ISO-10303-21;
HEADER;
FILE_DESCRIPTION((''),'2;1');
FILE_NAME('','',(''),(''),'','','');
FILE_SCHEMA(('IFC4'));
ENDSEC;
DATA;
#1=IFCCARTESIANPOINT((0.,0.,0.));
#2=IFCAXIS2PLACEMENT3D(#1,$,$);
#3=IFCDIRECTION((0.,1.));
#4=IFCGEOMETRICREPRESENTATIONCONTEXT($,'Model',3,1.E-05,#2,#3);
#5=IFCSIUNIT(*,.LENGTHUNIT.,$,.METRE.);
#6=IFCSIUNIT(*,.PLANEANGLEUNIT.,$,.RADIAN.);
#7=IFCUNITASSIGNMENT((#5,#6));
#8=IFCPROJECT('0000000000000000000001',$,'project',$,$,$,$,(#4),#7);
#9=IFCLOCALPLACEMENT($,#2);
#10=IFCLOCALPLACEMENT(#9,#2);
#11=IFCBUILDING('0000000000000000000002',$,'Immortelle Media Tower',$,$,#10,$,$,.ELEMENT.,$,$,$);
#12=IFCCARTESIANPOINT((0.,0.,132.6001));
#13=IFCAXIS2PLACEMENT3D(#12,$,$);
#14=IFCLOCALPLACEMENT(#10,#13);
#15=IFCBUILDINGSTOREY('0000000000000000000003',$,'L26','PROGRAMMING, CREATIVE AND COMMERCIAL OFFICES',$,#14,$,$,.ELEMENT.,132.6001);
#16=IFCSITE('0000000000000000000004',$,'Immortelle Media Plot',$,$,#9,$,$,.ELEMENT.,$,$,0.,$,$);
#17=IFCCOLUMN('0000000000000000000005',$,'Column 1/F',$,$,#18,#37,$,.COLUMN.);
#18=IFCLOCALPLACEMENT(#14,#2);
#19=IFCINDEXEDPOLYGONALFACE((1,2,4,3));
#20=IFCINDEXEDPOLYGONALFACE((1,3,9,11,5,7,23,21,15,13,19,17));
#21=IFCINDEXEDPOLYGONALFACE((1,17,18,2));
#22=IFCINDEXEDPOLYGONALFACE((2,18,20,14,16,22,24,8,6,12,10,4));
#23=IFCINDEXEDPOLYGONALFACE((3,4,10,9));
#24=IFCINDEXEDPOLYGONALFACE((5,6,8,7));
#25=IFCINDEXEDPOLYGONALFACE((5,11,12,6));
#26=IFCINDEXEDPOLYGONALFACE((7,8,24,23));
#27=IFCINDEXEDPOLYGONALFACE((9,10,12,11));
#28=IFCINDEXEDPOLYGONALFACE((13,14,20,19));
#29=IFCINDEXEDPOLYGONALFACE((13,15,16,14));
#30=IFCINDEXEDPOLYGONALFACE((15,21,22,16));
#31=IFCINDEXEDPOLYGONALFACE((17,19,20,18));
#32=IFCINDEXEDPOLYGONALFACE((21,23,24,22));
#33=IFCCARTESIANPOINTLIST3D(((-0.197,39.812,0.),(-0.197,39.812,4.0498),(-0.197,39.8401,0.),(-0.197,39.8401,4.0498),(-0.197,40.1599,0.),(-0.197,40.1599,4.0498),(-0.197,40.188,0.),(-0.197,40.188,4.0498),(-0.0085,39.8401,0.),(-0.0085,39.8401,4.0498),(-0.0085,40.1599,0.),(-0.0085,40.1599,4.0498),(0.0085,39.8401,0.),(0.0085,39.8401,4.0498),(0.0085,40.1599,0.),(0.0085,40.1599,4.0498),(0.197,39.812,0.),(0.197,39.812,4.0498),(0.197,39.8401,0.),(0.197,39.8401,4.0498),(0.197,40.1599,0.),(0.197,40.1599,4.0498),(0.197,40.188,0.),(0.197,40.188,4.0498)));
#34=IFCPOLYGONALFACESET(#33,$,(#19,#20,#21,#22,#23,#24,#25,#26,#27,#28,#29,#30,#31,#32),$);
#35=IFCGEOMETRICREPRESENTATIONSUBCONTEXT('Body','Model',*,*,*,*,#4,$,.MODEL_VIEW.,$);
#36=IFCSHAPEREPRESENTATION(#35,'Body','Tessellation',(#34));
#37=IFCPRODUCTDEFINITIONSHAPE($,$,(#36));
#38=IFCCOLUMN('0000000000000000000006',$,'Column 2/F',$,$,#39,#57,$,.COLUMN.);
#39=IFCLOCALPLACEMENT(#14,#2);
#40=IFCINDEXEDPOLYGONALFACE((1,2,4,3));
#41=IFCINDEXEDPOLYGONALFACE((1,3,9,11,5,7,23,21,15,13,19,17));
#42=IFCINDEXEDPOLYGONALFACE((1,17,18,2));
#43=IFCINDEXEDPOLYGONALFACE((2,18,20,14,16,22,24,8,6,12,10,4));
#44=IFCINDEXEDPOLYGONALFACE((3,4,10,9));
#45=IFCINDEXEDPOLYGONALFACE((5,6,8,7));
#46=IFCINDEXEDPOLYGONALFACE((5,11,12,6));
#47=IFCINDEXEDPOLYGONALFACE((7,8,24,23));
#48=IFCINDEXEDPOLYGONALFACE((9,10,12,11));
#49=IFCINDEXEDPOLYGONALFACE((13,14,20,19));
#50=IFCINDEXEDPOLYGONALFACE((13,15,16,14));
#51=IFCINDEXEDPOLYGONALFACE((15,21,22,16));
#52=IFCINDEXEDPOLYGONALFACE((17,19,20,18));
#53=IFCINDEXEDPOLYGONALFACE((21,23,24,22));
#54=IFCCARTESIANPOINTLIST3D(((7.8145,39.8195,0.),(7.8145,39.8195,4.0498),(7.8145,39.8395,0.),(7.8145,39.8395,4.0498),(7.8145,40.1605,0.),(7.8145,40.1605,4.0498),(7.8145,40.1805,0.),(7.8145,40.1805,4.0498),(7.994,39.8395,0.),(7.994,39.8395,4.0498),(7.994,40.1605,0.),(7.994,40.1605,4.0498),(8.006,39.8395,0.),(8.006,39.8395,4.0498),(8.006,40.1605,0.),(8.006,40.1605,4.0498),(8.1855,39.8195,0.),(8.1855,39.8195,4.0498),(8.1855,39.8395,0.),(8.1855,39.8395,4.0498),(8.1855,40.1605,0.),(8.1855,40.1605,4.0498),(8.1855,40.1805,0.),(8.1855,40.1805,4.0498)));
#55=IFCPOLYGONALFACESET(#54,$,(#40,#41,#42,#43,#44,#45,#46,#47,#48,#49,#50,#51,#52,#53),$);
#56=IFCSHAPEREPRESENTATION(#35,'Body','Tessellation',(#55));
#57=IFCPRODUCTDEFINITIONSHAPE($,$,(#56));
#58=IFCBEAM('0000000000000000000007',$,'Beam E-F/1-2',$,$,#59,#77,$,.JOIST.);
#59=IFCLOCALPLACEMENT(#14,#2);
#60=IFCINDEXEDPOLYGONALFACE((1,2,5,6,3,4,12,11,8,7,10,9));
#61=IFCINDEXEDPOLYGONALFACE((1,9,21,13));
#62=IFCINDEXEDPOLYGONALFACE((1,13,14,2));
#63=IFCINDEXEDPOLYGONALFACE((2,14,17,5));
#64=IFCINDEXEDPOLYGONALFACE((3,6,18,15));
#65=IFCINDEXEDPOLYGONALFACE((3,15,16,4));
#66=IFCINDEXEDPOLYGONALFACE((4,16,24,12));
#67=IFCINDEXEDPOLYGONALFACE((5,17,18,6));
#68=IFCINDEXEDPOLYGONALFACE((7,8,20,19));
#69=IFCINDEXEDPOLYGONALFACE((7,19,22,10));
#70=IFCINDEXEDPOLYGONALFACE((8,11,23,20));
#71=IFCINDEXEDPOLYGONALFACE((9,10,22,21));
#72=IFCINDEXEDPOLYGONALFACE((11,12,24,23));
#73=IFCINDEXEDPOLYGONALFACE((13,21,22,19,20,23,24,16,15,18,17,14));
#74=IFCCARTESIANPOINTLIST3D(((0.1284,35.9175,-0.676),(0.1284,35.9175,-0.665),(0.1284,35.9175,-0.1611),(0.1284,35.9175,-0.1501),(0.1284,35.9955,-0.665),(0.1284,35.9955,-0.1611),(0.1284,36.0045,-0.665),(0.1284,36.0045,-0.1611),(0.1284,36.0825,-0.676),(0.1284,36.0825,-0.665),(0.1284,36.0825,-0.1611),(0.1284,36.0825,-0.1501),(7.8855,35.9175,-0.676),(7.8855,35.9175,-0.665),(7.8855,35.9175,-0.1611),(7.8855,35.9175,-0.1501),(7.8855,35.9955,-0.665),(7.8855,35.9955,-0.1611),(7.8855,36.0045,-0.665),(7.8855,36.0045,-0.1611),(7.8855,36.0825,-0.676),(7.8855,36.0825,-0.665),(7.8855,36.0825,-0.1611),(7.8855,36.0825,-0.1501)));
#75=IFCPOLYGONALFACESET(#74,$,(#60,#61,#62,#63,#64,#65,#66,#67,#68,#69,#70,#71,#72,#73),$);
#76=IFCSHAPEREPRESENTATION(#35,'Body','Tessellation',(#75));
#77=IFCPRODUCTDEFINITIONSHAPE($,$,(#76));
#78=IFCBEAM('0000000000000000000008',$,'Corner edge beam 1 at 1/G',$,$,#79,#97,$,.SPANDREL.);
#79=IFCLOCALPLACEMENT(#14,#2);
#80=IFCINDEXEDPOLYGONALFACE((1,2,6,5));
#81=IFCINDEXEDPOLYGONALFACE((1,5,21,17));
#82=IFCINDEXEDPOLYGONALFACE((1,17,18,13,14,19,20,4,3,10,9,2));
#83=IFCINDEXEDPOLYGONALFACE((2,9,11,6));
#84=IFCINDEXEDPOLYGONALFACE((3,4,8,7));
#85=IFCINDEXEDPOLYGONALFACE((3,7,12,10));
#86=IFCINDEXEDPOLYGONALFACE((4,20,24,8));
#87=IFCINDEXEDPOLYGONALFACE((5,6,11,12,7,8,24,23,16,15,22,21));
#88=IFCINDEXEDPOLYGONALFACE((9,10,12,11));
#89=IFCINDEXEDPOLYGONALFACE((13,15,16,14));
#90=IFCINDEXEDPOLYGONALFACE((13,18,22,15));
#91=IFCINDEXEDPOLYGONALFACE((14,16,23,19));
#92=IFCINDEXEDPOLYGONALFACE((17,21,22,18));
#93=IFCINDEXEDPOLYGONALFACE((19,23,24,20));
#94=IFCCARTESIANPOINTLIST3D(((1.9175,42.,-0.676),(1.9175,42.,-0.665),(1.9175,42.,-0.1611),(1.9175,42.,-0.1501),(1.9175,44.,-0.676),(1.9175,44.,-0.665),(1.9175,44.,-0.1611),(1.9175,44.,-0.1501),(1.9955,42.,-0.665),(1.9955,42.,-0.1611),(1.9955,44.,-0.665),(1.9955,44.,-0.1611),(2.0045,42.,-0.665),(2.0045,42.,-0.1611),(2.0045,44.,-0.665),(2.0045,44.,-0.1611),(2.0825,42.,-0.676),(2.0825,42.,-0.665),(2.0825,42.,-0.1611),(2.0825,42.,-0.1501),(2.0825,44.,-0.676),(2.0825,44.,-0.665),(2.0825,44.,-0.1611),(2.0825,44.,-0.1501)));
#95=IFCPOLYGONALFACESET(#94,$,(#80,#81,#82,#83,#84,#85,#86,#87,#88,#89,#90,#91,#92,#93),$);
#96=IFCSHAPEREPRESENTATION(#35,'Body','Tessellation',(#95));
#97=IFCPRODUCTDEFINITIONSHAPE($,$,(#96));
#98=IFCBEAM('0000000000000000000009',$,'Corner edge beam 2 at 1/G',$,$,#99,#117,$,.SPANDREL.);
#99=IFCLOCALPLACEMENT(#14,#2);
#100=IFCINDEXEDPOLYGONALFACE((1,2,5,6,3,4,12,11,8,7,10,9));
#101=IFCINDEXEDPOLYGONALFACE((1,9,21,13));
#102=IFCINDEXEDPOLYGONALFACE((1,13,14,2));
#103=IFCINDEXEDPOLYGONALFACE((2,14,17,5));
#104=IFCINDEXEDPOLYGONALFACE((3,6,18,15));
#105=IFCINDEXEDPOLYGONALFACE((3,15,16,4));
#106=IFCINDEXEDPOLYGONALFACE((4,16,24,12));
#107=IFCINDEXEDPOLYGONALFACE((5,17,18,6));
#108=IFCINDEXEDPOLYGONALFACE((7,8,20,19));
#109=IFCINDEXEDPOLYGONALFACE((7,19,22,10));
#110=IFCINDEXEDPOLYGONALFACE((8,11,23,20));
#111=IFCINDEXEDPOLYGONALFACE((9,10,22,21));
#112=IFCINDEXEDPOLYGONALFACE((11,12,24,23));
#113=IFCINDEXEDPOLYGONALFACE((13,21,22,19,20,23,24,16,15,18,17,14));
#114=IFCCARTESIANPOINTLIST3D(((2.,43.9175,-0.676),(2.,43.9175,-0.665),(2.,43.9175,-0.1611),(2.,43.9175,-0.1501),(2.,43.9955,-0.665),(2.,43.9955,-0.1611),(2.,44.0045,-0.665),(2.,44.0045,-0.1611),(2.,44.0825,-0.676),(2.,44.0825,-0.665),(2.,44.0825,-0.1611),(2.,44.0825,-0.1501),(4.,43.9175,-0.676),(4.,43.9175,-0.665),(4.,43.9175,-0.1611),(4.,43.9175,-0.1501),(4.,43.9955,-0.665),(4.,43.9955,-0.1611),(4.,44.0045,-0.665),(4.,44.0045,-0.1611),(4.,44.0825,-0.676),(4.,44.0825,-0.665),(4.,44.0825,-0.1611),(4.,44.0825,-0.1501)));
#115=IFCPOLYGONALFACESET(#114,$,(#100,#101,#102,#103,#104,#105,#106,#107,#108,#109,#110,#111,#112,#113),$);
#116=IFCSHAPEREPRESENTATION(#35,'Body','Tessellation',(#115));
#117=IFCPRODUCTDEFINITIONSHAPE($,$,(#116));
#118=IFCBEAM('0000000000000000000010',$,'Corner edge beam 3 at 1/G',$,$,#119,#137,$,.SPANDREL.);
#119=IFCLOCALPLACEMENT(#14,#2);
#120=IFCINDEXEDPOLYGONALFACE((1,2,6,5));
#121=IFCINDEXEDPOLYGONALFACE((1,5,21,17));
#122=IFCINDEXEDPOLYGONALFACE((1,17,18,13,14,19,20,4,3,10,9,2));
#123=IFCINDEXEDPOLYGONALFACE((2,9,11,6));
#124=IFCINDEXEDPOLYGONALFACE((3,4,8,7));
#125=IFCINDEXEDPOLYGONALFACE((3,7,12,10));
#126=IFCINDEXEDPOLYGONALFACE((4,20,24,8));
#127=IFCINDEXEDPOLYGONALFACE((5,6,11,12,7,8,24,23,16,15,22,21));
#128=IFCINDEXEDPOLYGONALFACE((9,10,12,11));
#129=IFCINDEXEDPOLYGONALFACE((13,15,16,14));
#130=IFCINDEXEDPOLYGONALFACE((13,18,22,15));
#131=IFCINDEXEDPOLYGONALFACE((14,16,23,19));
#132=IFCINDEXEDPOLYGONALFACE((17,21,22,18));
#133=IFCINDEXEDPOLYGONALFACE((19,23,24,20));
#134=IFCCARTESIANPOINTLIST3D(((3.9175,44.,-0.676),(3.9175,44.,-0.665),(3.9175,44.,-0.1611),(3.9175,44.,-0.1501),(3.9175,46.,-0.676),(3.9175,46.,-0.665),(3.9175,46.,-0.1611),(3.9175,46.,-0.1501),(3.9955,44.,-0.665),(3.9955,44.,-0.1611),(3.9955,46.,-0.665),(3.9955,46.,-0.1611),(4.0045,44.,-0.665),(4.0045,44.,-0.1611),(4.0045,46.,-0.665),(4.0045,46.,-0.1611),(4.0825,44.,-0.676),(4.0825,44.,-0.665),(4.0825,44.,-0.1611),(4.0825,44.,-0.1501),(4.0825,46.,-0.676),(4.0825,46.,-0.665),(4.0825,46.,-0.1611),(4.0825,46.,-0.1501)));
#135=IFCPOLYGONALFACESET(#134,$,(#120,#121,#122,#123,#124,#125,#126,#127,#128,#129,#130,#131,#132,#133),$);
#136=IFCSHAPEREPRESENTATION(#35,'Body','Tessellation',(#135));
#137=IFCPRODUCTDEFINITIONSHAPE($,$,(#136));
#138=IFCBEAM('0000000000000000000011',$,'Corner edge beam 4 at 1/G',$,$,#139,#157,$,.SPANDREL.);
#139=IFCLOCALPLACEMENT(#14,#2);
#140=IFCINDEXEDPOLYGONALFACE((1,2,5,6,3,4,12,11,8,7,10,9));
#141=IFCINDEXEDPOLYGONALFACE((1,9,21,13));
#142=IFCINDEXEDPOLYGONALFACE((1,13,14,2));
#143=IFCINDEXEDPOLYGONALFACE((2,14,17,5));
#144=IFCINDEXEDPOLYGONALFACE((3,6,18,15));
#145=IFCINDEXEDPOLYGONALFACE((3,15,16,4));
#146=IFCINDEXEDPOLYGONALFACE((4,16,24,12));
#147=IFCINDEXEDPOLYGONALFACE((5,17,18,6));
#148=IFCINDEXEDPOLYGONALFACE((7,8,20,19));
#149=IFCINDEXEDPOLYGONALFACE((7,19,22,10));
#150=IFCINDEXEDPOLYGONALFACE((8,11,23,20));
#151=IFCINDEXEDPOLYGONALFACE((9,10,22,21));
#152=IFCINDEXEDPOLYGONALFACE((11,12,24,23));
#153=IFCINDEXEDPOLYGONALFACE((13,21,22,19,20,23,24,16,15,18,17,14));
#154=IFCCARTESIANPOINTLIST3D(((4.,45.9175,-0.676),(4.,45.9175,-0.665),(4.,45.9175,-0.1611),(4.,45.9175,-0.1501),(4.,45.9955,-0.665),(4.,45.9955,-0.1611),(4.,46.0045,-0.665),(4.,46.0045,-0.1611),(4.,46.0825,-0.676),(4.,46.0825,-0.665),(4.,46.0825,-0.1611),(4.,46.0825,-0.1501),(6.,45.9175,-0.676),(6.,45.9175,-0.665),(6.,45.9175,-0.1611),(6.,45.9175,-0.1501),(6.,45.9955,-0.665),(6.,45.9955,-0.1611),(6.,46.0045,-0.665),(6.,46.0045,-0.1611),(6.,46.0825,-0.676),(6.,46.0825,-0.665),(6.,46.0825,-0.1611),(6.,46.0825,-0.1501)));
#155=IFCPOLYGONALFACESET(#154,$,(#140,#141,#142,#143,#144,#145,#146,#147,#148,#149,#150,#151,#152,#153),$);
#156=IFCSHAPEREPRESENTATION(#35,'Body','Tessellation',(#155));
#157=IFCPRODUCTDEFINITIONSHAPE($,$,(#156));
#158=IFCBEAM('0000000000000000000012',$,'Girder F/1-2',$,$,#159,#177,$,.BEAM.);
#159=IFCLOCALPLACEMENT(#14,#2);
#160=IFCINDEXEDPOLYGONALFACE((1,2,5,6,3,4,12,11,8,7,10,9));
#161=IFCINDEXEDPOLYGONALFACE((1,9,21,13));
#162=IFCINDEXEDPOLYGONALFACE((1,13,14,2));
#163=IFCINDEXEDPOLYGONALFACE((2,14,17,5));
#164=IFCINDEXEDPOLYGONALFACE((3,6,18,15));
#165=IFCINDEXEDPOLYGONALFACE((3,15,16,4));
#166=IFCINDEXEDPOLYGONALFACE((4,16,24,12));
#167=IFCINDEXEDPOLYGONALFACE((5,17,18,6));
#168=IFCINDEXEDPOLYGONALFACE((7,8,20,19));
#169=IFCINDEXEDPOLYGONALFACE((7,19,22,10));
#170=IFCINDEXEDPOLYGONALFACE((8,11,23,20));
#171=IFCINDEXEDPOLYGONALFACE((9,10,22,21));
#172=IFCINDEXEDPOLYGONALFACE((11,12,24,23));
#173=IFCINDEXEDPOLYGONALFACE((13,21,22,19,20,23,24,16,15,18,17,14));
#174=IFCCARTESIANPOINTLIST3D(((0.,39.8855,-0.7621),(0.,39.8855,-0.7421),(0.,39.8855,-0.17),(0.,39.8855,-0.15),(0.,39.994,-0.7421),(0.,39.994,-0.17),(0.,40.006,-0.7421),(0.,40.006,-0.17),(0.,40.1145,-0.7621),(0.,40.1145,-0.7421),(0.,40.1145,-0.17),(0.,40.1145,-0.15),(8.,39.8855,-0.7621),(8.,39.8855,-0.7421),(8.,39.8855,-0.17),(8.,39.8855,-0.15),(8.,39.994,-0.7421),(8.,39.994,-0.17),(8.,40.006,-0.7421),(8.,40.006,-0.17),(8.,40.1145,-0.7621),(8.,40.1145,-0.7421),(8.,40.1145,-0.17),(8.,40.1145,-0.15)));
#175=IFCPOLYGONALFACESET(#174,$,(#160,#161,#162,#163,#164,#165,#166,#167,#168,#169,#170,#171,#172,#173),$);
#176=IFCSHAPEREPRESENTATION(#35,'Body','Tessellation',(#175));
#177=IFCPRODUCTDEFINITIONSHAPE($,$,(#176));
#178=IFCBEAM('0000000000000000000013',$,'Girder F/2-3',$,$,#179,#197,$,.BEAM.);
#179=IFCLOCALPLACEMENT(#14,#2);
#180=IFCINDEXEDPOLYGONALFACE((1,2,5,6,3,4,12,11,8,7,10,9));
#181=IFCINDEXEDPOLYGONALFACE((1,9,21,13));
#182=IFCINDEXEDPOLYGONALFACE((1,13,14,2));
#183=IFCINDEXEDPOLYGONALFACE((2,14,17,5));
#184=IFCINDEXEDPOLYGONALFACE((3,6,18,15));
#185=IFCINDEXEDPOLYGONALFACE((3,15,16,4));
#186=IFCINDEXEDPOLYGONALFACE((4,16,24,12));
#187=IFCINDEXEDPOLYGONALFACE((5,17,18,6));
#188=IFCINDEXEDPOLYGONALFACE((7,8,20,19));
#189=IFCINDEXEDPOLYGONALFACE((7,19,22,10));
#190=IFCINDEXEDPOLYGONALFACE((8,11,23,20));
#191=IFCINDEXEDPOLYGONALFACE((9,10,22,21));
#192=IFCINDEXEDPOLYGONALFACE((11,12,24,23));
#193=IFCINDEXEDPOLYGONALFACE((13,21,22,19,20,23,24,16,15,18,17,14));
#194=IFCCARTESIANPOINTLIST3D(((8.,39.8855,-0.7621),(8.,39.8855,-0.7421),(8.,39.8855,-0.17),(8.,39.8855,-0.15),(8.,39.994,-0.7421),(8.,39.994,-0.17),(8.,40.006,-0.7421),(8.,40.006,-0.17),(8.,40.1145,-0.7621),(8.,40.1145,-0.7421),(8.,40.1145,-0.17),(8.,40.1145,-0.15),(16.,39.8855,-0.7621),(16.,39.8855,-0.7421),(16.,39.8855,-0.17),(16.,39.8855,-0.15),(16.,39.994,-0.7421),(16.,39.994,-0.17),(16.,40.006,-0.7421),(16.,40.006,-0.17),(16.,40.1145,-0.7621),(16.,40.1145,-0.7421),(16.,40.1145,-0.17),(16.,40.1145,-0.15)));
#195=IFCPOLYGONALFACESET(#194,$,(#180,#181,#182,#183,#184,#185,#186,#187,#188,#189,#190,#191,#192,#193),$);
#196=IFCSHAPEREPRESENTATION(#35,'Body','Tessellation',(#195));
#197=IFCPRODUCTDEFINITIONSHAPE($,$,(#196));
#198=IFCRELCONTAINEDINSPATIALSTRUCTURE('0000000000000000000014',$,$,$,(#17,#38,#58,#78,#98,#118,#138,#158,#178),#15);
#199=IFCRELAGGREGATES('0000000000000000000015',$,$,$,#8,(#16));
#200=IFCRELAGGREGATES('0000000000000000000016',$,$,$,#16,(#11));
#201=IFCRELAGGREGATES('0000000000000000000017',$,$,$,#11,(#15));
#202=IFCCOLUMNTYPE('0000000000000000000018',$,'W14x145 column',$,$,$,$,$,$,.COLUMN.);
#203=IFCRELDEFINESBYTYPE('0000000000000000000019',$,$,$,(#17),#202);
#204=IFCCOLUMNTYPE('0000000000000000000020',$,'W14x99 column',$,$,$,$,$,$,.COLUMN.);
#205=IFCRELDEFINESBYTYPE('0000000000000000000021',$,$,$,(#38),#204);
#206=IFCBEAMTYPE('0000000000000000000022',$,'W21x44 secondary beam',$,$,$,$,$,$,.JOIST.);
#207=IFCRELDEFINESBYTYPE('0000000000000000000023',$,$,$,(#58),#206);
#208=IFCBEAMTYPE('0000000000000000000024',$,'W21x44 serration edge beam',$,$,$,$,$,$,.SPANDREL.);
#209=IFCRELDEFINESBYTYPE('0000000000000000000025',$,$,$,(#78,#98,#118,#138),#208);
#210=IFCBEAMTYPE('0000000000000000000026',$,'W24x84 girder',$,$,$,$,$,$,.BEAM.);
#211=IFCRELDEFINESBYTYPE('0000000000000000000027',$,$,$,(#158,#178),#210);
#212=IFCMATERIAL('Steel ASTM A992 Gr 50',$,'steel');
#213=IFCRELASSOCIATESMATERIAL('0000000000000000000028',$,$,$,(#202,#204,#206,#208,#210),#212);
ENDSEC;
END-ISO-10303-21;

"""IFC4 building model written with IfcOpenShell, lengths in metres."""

from ifc_helpers import new_model, si_unit, direction, frame, origin, origin_2d, place, context, subcontext, project, spatial, i_section, extrude, material, material_profile, profile_set, type_object, element, save


model = new_model("IFC4")

# Units and contexts
model_context = context("Model", 3, precision=1e-05, world=origin(), true_north=direction((0.0, 1.0)))
body_context = subcontext(model_context, "Body", "Model", "MODEL_VIEW")
ifc_project = project(units=[si_unit("LENGTHUNIT", "METRE"), si_unit("PLANEANGLEUNIT", "RADIAN")], contexts=[model_context])

# Site, building, storey
site_placement = place(None, origin())
site = spatial("IfcSite", under=ifc_project, at=site_placement, Name="Immortelle Media Plot", CompositionType="ELEMENT", RefElevation=0.0)
building_placement = place(site_placement, origin())
building = spatial("IfcBuilding", under=site, at=building_placement, Name="Immortelle Media Tower", CompositionType="ELEMENT")
storey_placement = place(building_placement, frame((0.0, 0.0, 132.6001)))
storey = spatial("IfcBuildingStorey", under=building, at=storey_placement, Name="L26", Description="PROGRAMMING, CREATIVE AND COMMERCIAL OFFICES", CompositionType="ELEMENT", Elevation=132.6001)

# Columns
ifc_material_1 = material(Name="Steel ASTM A992 Gr 50", Category="steel")
ifc_material_profile_1 = material_profile(ifc_material_1, i_section(OverallWidth=0.394, OverallDepth=0.376, WebThickness=0.0171, FlangeThickness=0.0281, at=origin_2d()), Name="W14x145")
ifc_profile_set_1 = profile_set([ifc_material_profile_1], Name="Steel ASTM A992 Gr 50")
column_type_1 = type_object("IfcColumnType", Name="W14x145 column", PredefinedType="COLUMN", material=ifc_profile_set_1)
column_1_placement = place(storey_placement, frame((0.0, 40.0, 0.0), z_axis=(0.0, 0.0, 1.0), x_axis=(1.0, 0.0, 0.0)))
element("IfcColumn", 1, at=column_1_placement, inside=storey, type_object=column_type_1, Name="Column 1/F", PredefinedType="COLUMN", context=body_context, shape_type="SweptSolid", body=[
    extrude(i_section(OverallWidth=0.394, OverallDepth=0.376, WebThickness=0.0171, FlangeThickness=0.0281, at=origin_2d()), origin(), (0.0, 0.0, 1.0), 4.0498),
])
ifc_material_profile_2 = material_profile(ifc_material_1, i_section(OverallWidth=0.3711, OverallDepth=0.3611, WebThickness=0.012, FlangeThickness=0.02, at=origin_2d()), Name="W14x99")
ifc_profile_set_2 = profile_set([ifc_material_profile_2], Name="Steel ASTM A992 Gr 50")
column_type_2 = type_object("IfcColumnType", Name="W14x99 column", PredefinedType="COLUMN", material=ifc_profile_set_2)
column_2_placement = place(storey_placement, frame((8.0, 40.0, 0.0), z_axis=(0.0, 0.0, 1.0), x_axis=(1.0, 0.0, 0.0)))
element("IfcColumn", 2, at=column_2_placement, inside=storey, type_object=column_type_2, Name="Column 2/F", PredefinedType="COLUMN", context=body_context, shape_type="SweptSolid", body=[
    extrude(i_section(OverallWidth=0.3711, OverallDepth=0.3611, WebThickness=0.012, FlangeThickness=0.02, at=origin_2d()), origin(), (0.0, 0.0, 1.0), 4.0498),
])

# Beams
ifc_material_profile_3 = material_profile(ifc_material_1, i_section(OverallWidth=0.165, OverallDepth=0.5259, WebThickness=0.009, FlangeThickness=0.011, at=origin_2d()), Name="W21x44")
ifc_profile_set_3 = profile_set([ifc_material_profile_3], Name="Steel ASTM A992 Gr 50")
beam_type_1 = type_object("IfcBeamType", Name="W21x44 secondary beam", PredefinedType="JOIST", material=ifc_profile_set_3)
beam_1_placement = place(storey_placement, frame((0.1284, 36.0, -0.4131), z_axis=(1.0, 0.0, 0.0), x_axis=(0.0, 1.0, 0.0)))
element("IfcBeam", 3, at=beam_1_placement, inside=storey, type_object=beam_type_1, Name="Beam E-F/1-2", PredefinedType="JOIST", context=body_context, shape_type="SweptSolid", body=[
    extrude(i_section(OverallWidth=0.165, OverallDepth=0.5259, WebThickness=0.009, FlangeThickness=0.011, at=origin_2d()), origin(), (0.0, 0.0, 1.0), 7.7571),
])
ifc_material_profile_4 = material_profile(ifc_material_1, i_section(OverallWidth=0.165, OverallDepth=0.5259, WebThickness=0.009, FlangeThickness=0.011, at=origin_2d()), Name="W21x44")
ifc_profile_set_4 = profile_set([ifc_material_profile_4], Name="Steel ASTM A992 Gr 50")
beam_type_2 = type_object("IfcBeamType", Name="W21x44 serration edge beam", PredefinedType="SPANDREL", material=ifc_profile_set_4)
for number, where, z_axis, x_axis, name in (
    (4, (2.0, 42.0, -0.4131), (0.0, 1.0, 0.0), (-1.0, 0.0, 0.0), "Corner edge beam 1 at 1/G"),
    (5, (2.0, 44.0, -0.4131), (1.0, 0.0, 0.0), (0.0, 1.0, 0.0), "Corner edge beam 2 at 1/G"),
    (6, (4.0, 44.0, -0.4131), (0.0, 1.0, 0.0), (-1.0, 0.0, 0.0), "Corner edge beam 3 at 1/G"),
    (7, (4.0, 46.0, -0.4131), (1.0, 0.0, 0.0), (0.0, 1.0, 0.0), "Corner edge beam 4 at 1/G"),
):
    element("IfcBeam", number, at=place(storey_placement, frame(where, z_axis=z_axis, x_axis=x_axis)), inside=storey, type_object=beam_type_2, Name=name, PredefinedType="SPANDREL", context=body_context, shape_type="SweptSolid", body=[
        extrude(i_section(OverallWidth=0.165, OverallDepth=0.5259, WebThickness=0.009, FlangeThickness=0.011, at=origin_2d()), origin(), (0.0, 0.0, 1.0), 2.0),
    ])
ifc_material_profile_5 = material_profile(ifc_material_1, i_section(OverallWidth=0.229, OverallDepth=0.6121, WebThickness=0.012, FlangeThickness=0.02, at=origin_2d()), Name="W24x84")
ifc_profile_set_5 = profile_set([ifc_material_profile_5], Name="Steel ASTM A992 Gr 50")
beam_type_3 = type_object("IfcBeamType", Name="W24x84 girder", PredefinedType="BEAM", material=ifc_profile_set_5)
for number, where, z_axis, x_axis, name in (
    (8, (0.0, 40.0, -0.4561), (1.0, 0.0, 0.0), (0.0, 1.0, 0.0), "Girder F/1-2"),
    (9, (8.0, 40.0, -0.4561), (1.0, 0.0, 0.0), (0.0, 1.0, 0.0), "Girder F/2-3"),
):
    element("IfcBeam", number, at=place(storey_placement, frame(where, z_axis=z_axis, x_axis=x_axis)), inside=storey, type_object=beam_type_3, Name=name, PredefinedType="BEAM", context=body_context, shape_type="SweptSolid", body=[
        extrude(i_section(OverallWidth=0.229, OverallDepth=0.6121, WebThickness=0.012, FlangeThickness=0.02, at=origin_2d()), origin(), (0.0, 0.0, 1.0), 8.0),
    ])

save(model, "model.ifc")
